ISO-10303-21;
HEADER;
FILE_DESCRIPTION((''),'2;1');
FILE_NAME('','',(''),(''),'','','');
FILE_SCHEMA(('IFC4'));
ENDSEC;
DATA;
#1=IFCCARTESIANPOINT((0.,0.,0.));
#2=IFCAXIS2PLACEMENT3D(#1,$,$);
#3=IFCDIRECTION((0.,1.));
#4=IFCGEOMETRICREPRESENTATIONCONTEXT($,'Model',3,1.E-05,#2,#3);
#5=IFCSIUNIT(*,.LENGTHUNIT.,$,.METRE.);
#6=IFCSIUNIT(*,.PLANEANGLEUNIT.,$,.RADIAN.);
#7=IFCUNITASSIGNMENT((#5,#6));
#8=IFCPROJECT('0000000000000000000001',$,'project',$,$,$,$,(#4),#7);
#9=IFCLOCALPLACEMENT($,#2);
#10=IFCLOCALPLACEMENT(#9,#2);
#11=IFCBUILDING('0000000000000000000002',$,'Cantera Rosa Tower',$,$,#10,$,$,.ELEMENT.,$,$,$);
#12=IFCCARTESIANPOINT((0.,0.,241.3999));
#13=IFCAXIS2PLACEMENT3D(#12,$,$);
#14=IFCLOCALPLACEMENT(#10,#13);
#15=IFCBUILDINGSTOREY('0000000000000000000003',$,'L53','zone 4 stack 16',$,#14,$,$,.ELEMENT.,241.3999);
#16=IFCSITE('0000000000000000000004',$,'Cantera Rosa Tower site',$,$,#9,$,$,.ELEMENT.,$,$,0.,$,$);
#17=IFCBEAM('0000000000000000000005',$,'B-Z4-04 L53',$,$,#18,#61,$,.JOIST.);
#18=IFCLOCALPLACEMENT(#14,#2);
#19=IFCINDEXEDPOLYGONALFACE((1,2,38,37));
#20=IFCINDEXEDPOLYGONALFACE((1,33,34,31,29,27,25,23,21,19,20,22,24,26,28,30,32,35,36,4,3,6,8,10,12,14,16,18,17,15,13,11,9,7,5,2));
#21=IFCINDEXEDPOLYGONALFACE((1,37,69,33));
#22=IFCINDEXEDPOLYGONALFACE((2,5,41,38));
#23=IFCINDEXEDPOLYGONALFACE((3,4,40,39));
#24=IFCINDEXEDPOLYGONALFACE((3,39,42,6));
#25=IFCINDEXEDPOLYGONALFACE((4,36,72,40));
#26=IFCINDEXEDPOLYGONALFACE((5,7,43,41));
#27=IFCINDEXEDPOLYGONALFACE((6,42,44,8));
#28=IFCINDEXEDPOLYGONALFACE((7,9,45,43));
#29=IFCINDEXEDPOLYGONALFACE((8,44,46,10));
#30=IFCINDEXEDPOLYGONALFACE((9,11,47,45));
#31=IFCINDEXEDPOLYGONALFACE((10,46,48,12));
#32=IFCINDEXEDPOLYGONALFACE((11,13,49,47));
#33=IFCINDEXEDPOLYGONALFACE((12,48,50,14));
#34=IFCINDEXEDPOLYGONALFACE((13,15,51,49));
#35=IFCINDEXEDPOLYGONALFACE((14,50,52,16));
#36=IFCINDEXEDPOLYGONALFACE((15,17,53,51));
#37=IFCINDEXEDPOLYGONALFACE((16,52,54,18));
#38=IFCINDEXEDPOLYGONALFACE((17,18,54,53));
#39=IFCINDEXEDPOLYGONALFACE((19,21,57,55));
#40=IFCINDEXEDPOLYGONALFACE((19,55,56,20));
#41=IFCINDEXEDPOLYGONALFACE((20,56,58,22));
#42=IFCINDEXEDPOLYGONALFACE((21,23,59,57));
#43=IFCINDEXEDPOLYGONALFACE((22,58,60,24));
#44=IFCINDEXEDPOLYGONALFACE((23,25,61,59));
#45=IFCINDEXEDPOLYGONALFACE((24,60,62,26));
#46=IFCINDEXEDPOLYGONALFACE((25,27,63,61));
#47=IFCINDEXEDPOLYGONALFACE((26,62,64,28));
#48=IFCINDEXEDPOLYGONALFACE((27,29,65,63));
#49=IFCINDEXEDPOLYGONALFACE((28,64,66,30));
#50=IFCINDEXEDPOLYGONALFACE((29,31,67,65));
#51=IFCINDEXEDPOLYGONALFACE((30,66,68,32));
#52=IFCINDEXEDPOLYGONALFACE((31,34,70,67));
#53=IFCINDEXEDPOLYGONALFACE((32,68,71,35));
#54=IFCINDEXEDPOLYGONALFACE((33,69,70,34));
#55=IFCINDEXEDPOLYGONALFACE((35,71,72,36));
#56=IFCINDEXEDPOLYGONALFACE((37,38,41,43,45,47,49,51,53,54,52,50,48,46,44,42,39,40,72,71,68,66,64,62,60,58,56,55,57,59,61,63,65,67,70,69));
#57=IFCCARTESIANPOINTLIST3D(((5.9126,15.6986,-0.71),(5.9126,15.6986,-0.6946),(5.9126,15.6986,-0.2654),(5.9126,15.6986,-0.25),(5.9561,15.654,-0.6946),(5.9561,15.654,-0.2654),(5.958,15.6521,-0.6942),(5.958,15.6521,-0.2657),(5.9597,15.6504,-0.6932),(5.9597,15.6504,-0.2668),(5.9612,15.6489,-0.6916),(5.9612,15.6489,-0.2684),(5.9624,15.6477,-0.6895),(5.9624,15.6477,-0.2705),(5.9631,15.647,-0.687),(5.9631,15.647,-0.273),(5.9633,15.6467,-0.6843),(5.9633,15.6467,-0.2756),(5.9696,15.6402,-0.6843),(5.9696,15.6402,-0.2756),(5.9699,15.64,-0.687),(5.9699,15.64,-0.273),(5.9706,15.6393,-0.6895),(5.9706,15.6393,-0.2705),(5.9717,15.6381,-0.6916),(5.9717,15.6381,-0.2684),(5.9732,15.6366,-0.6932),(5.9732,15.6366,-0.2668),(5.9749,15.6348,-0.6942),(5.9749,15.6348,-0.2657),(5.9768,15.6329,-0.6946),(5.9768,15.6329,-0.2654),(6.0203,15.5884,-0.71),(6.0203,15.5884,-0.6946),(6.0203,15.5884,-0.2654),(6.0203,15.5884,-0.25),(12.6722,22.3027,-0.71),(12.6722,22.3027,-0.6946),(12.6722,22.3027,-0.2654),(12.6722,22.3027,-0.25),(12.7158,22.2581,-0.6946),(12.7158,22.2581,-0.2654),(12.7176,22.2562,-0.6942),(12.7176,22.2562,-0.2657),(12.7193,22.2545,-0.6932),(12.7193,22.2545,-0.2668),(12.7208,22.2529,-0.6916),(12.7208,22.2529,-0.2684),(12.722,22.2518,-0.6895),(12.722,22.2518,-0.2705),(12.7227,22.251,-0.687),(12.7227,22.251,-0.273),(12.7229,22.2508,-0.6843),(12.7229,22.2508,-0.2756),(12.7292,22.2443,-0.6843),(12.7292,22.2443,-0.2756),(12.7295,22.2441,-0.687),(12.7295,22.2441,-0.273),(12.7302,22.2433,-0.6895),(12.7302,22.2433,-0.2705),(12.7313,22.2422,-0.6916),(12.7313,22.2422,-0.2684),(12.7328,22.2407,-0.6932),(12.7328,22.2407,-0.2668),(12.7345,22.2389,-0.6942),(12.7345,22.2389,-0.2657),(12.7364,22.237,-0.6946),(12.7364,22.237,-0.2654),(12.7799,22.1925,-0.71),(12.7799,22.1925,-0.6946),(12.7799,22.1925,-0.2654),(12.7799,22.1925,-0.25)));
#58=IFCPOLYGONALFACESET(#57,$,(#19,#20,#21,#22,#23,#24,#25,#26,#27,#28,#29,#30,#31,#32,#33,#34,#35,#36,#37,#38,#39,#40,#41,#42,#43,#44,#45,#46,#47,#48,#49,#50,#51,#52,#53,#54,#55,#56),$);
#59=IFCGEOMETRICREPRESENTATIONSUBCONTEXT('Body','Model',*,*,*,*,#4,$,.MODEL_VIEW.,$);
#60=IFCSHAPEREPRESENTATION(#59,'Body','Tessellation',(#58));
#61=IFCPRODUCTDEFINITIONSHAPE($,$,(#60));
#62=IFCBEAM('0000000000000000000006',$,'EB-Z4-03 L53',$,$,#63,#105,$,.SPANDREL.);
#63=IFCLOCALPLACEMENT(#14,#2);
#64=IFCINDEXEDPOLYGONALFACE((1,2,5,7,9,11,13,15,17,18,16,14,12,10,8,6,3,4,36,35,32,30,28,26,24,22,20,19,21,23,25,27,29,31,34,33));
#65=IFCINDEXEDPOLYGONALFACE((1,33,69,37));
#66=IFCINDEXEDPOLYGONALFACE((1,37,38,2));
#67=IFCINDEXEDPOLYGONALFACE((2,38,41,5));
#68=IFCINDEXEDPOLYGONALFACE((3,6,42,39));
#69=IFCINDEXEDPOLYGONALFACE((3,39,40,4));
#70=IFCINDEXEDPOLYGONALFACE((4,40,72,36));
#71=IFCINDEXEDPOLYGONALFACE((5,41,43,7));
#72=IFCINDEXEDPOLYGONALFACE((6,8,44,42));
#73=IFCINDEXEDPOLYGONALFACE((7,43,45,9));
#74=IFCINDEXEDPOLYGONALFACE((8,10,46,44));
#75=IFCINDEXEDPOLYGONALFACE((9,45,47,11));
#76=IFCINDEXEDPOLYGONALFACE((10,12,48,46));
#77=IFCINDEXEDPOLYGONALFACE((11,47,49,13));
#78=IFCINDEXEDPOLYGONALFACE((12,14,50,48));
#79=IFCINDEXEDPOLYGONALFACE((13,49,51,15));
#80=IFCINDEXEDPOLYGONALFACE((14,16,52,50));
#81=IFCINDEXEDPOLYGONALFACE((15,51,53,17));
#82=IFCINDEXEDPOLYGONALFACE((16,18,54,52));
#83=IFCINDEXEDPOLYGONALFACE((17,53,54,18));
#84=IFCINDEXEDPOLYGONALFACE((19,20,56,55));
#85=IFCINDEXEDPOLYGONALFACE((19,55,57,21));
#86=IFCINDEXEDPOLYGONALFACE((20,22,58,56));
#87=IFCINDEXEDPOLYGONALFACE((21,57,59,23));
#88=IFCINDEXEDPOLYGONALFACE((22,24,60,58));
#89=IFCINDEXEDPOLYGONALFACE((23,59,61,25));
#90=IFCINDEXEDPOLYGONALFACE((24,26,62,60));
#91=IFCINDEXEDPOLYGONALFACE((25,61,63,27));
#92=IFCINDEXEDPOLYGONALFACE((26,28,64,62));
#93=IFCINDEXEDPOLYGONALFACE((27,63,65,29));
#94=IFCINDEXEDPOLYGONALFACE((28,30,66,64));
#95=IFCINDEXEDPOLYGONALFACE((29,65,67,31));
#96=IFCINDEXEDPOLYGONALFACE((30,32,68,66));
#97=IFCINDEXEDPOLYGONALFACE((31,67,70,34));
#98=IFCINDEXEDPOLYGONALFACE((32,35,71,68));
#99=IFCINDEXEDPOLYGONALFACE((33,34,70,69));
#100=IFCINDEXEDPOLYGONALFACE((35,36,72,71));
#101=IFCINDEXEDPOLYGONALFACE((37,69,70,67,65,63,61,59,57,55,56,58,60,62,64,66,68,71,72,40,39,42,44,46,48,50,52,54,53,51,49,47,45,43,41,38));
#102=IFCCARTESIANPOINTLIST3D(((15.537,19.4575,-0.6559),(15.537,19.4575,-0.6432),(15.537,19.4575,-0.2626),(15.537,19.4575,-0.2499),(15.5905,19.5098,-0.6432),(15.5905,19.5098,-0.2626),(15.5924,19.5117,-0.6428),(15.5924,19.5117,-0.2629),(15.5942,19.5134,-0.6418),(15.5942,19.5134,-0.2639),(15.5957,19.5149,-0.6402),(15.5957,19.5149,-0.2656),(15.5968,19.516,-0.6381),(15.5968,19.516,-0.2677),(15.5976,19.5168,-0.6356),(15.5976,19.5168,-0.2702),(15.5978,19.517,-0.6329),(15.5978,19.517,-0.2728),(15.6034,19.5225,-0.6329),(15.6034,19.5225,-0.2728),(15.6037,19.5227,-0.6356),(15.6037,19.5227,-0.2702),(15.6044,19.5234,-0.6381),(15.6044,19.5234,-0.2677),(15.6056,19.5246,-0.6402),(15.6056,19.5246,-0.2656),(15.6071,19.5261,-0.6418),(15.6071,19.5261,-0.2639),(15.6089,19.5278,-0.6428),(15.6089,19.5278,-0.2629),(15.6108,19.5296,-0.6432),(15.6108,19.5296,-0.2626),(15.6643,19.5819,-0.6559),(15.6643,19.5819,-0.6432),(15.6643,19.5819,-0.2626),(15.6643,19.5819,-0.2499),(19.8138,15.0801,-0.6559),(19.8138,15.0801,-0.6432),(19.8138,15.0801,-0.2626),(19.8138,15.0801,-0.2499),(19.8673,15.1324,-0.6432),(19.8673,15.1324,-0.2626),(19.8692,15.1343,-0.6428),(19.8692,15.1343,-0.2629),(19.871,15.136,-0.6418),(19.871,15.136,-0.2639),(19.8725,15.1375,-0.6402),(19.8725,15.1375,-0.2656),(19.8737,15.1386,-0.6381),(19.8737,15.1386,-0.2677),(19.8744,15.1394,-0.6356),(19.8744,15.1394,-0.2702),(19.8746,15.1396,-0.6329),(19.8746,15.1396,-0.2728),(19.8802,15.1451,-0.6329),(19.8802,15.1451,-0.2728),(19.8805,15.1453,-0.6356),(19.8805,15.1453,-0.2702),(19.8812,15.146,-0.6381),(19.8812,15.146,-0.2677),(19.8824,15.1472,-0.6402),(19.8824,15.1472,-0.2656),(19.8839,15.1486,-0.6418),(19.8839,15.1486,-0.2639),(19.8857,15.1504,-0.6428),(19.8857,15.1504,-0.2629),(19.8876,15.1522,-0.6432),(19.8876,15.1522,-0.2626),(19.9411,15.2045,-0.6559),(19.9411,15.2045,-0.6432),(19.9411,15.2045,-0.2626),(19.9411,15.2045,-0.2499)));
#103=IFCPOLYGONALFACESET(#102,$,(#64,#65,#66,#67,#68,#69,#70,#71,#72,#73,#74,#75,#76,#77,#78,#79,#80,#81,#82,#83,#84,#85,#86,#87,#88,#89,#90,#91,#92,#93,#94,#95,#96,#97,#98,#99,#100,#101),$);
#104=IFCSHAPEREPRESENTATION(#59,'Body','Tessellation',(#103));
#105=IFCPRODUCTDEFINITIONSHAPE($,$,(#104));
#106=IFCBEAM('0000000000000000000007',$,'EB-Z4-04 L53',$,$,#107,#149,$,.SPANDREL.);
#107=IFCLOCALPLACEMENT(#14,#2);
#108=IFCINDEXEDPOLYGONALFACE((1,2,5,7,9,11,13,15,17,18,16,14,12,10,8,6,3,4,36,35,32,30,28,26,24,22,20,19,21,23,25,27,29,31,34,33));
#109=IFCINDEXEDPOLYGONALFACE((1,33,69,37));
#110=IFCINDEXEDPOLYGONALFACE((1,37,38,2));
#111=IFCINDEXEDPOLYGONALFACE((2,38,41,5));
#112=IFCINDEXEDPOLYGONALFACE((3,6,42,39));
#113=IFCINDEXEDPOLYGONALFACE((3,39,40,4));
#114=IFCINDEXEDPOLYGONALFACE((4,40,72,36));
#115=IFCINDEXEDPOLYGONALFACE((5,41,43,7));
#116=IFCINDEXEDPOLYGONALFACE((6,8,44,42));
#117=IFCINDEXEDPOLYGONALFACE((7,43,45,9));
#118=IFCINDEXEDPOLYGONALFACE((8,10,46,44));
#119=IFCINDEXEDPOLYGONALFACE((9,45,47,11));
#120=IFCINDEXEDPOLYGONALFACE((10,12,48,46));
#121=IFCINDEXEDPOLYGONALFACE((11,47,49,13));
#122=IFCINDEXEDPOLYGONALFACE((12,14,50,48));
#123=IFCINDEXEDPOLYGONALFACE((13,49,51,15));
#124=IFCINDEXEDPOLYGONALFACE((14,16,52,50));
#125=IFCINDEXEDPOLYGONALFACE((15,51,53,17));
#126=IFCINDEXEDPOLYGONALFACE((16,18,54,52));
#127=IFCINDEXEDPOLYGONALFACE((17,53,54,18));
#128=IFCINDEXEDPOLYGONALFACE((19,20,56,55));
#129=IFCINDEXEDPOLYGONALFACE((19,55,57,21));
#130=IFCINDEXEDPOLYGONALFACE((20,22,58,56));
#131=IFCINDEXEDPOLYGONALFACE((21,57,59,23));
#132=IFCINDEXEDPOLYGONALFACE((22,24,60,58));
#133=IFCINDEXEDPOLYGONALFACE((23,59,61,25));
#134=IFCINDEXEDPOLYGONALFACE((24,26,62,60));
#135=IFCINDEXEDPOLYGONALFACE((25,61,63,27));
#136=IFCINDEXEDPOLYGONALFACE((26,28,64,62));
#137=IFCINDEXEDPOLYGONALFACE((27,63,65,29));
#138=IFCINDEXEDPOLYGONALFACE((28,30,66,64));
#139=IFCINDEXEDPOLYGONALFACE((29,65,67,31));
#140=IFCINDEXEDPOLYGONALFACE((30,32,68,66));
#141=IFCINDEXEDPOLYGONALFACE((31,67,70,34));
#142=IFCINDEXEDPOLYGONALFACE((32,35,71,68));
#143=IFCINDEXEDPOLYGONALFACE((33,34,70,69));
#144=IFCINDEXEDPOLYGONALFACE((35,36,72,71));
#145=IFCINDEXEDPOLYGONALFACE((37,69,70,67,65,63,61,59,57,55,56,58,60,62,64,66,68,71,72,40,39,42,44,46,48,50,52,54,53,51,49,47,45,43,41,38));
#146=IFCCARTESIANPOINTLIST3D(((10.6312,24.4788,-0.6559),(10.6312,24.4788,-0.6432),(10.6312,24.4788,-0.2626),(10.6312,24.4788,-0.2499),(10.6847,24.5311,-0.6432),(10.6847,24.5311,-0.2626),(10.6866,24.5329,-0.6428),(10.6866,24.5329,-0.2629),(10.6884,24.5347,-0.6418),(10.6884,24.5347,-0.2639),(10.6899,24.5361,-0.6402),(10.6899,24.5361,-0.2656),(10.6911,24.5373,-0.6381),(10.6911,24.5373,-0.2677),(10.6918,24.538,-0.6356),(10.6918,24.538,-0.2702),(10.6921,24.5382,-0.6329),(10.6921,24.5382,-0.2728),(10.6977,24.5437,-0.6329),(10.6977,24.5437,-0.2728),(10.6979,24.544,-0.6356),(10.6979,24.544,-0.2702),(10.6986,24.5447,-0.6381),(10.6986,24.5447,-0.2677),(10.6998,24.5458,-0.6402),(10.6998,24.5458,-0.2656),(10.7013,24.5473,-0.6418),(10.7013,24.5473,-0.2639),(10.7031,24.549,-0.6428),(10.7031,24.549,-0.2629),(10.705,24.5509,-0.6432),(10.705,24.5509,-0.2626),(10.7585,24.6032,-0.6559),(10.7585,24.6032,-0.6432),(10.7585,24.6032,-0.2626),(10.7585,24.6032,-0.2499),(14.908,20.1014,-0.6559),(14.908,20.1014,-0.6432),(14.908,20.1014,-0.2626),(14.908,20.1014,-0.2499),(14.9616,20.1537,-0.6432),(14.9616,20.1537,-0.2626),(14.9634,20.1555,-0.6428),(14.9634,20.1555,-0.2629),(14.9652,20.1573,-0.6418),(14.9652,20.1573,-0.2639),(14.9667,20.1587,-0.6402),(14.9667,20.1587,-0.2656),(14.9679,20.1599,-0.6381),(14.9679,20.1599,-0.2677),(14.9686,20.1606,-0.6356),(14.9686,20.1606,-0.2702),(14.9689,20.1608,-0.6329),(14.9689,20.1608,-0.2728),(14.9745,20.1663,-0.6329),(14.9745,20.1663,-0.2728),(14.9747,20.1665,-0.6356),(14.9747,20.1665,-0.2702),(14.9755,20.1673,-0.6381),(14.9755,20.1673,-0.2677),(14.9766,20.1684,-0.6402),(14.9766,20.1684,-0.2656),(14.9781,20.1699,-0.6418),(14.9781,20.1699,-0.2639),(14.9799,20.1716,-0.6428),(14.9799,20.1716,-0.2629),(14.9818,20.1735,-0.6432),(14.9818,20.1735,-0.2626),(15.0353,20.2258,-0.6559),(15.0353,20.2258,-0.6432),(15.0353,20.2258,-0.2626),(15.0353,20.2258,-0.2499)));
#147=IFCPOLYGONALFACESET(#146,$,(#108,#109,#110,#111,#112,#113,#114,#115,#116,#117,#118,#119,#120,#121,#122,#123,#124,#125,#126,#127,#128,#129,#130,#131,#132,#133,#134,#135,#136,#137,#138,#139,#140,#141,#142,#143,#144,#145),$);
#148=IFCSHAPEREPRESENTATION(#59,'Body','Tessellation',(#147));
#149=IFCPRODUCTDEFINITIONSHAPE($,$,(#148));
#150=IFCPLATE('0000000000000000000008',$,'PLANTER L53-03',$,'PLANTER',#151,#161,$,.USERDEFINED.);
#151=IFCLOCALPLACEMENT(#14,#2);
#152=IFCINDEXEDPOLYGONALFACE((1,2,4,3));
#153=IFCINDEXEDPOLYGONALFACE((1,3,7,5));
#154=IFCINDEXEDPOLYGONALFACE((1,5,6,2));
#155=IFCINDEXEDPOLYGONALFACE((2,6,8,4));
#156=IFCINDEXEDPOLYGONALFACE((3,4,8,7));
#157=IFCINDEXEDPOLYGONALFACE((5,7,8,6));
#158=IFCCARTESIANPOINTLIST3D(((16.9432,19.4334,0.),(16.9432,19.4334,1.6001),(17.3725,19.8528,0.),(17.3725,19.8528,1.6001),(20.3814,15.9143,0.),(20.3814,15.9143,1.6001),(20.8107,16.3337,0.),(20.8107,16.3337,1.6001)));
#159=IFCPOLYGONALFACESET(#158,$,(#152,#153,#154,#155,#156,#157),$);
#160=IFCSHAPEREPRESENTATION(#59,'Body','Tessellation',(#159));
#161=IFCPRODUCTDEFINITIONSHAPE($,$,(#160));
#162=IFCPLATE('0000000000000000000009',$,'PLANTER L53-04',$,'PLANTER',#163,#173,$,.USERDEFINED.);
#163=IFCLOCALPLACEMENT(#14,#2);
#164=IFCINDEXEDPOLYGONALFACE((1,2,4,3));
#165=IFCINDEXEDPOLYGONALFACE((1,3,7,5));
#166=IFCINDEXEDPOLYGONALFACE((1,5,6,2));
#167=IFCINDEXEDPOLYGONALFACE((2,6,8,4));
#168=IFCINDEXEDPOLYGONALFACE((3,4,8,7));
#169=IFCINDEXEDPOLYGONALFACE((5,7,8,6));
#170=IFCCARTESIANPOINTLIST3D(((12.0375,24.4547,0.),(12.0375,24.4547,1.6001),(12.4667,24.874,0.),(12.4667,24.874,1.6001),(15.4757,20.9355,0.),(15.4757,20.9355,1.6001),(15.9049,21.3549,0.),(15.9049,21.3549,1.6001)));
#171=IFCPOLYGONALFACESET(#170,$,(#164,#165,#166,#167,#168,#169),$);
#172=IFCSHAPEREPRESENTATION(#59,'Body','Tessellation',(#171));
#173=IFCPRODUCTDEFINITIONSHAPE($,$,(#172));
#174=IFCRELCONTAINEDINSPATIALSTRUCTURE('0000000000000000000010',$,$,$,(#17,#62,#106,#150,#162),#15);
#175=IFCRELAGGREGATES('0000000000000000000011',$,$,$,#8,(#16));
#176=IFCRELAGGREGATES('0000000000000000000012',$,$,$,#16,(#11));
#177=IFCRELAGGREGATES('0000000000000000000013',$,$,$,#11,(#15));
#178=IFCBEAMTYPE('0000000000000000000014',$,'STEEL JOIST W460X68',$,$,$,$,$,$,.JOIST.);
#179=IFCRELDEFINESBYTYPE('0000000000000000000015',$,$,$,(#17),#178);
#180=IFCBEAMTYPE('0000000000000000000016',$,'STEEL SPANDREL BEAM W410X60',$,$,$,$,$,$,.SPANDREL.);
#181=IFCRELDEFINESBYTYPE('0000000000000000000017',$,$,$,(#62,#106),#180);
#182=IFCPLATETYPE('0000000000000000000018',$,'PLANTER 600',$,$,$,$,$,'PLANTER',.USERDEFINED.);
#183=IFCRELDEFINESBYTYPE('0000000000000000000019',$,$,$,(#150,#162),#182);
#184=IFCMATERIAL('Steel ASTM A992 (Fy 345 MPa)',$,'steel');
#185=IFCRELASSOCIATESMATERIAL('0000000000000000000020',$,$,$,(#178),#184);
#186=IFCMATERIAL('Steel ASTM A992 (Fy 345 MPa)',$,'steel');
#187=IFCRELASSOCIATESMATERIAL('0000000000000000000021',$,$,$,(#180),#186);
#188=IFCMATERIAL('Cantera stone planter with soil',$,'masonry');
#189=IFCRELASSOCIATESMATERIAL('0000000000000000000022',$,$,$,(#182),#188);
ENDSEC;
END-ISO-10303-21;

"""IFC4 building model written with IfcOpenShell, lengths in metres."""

from ifc_helpers import new_model, si_unit, direction, frame, origin, origin_2d, place, context, subcontext, project, spatial, rectangle, i_section, extrude, material, material_profile, profile_set, type_object, element, save


model = new_model("IFC4")

# Units and contexts
model_context = context("Model", 3, precision=1e-05, world=origin(), true_north=direction((0.0, 1.0)))
body_context = subcontext(model_context, "Body", "Model", "MODEL_VIEW")
ifc_project = project(units=[si_unit("LENGTHUNIT", "METRE"), si_unit("PLANEANGLEUNIT", "RADIAN")], contexts=[model_context])

# Site, building, storey
site_placement = place(None, origin())
site = spatial("IfcSite", under=ifc_project, at=site_placement, Name="Cantera Rosa Tower site", CompositionType="ELEMENT", RefElevation=0.0)
building_placement = place(site_placement, origin())
building = spatial("IfcBuilding", under=site, at=building_placement, Name="Cantera Rosa Tower", CompositionType="ELEMENT")
storey_placement = place(building_placement, frame((0.0, 0.0, 241.3999)))
storey = spatial("IfcBuildingStorey", under=building, at=storey_placement, Name="L53", Description="zone 4 stack 16", CompositionType="ELEMENT", Elevation=241.3999)

# Beams
ifc_material_1 = material(Name="Steel ASTM A992 (Fy 345 MPa)", Category="steel")
ifc_material_profile_1 = material_profile(ifc_material_1, i_section(OverallWidth=0.1541, OverallDepth=0.46, WebThickness=0.009, FlangeThickness=0.0154, FilletRadius=0.0103, at=origin_2d()), Name="W460X68")
ifc_profile_set_1 = profile_set([ifc_material_profile_1], Name="Steel ASTM A992 (Fy 345 MPa)")
beam_type_1 = type_object("IfcBeamType", Name="STEEL JOIST W460X68", PredefinedType="JOIST", material=ifc_profile_set_1)
for number, where, z_axis, x_axis, name in (
    (1, (12.7261, 22.2476, -0.48), (-0.715287, -0.698831, 0.0), (0.698831, -0.715287, 0.0), "B-Z4-04 L53"),
):
    element("IfcBeam", number, at=place(storey_placement, frame(where, z_axis=z_axis, x_axis=x_axis)), inside=storey, type_object=beam_type_1, Name=name, PredefinedType="JOIST", context=body_context, shape_type="SweptSolid", body=[
        extrude(i_section(OverallWidth=0.1541, OverallDepth=0.46, WebThickness=0.009, FlangeThickness=0.0154, FilletRadius=0.0103, at=origin_2d()), origin(), (0.0, 0.0, 1.0), 9.4502),
    ])
ifc_material_2 = material(Name="Steel ASTM A992 (Fy 345 MPa)", Category="steel")
ifc_material_profile_2 = material_profile(ifc_material_2, i_section(OverallWidth=0.178, OverallDepth=0.406, WebThickness=0.0078, FlangeThickness=0.0127, FilletRadius=0.0103, at=origin_2d()), Name="W410X60")
ifc_profile_set_2 = profile_set([ifc_material_profile_2], Name="Steel ASTM A992 (Fy 345 MPa)")
beam_type_2 = type_object("IfcBeamType", Name="STEEL SPANDREL BEAM W410X60", PredefinedType="SPANDREL", material=ifc_profile_set_2)
for number, where, z_axis, x_axis, name in (
    (2, (19.8774, 15.1423, -0.4529), (-0.698841, 0.715277, 0.0), (-0.715277, -0.698841, 0.0), "EB-Z4-03 L53"),
    (3, (14.9717, 20.1636, -0.4529), (-0.698841, 0.715277, 0.0), (-0.715277, -0.698841, 0.0), "EB-Z4-04 L53"),
):
    element("IfcBeam", number, at=place(storey_placement, frame(where, z_axis=z_axis, x_axis=x_axis)), inside=storey, type_object=beam_type_2, Name=name, PredefinedType="SPANDREL", context=body_context, shape_type="SweptSolid", body=[
        extrude(i_section(OverallWidth=0.178, OverallDepth=0.406, WebThickness=0.0078, FlangeThickness=0.0127, FilletRadius=0.0103, at=origin_2d()), origin(), (0.0, 0.0, 1.0), 6.1199),
    ])

# Plates
ifc_material_3 = material(Name="Cantera stone planter with soil", Category="masonry")
plate_type = type_object("IfcPlateType", Name="PLANTER 600", ElementType="PLANTER", PredefinedType="USERDEFINED", material=ifc_material_3)
for number, where, z_axis, x_axis, name in (
    (4, (18.877, 17.8835, 0.0), (0.0, 0.0, 1.0), (-0.698832, 0.715286, 0.0), "PLANTER L53-03"),
    (5, (13.9712, 22.9048, 0.0), (0.0, 0.0, 1.0), (-0.698832, 0.715286, 0.0), "PLANTER L53-04"),
):
    element("IfcPlate", number, at=place(storey_placement, frame(where, z_axis=z_axis, x_axis=x_axis)), inside=storey, type_object=plate_type, Name=name, ObjectType="PLANTER", PredefinedType="USERDEFINED", context=body_context, shape_type="SweptSolid", body=[
        extrude(rectangle(XDim=4.9199, YDim=0.6001, at=origin_2d()), origin(), (0.0, 0.0, 1.0), 1.6001),
    ])

save(model, "model.ifc")
